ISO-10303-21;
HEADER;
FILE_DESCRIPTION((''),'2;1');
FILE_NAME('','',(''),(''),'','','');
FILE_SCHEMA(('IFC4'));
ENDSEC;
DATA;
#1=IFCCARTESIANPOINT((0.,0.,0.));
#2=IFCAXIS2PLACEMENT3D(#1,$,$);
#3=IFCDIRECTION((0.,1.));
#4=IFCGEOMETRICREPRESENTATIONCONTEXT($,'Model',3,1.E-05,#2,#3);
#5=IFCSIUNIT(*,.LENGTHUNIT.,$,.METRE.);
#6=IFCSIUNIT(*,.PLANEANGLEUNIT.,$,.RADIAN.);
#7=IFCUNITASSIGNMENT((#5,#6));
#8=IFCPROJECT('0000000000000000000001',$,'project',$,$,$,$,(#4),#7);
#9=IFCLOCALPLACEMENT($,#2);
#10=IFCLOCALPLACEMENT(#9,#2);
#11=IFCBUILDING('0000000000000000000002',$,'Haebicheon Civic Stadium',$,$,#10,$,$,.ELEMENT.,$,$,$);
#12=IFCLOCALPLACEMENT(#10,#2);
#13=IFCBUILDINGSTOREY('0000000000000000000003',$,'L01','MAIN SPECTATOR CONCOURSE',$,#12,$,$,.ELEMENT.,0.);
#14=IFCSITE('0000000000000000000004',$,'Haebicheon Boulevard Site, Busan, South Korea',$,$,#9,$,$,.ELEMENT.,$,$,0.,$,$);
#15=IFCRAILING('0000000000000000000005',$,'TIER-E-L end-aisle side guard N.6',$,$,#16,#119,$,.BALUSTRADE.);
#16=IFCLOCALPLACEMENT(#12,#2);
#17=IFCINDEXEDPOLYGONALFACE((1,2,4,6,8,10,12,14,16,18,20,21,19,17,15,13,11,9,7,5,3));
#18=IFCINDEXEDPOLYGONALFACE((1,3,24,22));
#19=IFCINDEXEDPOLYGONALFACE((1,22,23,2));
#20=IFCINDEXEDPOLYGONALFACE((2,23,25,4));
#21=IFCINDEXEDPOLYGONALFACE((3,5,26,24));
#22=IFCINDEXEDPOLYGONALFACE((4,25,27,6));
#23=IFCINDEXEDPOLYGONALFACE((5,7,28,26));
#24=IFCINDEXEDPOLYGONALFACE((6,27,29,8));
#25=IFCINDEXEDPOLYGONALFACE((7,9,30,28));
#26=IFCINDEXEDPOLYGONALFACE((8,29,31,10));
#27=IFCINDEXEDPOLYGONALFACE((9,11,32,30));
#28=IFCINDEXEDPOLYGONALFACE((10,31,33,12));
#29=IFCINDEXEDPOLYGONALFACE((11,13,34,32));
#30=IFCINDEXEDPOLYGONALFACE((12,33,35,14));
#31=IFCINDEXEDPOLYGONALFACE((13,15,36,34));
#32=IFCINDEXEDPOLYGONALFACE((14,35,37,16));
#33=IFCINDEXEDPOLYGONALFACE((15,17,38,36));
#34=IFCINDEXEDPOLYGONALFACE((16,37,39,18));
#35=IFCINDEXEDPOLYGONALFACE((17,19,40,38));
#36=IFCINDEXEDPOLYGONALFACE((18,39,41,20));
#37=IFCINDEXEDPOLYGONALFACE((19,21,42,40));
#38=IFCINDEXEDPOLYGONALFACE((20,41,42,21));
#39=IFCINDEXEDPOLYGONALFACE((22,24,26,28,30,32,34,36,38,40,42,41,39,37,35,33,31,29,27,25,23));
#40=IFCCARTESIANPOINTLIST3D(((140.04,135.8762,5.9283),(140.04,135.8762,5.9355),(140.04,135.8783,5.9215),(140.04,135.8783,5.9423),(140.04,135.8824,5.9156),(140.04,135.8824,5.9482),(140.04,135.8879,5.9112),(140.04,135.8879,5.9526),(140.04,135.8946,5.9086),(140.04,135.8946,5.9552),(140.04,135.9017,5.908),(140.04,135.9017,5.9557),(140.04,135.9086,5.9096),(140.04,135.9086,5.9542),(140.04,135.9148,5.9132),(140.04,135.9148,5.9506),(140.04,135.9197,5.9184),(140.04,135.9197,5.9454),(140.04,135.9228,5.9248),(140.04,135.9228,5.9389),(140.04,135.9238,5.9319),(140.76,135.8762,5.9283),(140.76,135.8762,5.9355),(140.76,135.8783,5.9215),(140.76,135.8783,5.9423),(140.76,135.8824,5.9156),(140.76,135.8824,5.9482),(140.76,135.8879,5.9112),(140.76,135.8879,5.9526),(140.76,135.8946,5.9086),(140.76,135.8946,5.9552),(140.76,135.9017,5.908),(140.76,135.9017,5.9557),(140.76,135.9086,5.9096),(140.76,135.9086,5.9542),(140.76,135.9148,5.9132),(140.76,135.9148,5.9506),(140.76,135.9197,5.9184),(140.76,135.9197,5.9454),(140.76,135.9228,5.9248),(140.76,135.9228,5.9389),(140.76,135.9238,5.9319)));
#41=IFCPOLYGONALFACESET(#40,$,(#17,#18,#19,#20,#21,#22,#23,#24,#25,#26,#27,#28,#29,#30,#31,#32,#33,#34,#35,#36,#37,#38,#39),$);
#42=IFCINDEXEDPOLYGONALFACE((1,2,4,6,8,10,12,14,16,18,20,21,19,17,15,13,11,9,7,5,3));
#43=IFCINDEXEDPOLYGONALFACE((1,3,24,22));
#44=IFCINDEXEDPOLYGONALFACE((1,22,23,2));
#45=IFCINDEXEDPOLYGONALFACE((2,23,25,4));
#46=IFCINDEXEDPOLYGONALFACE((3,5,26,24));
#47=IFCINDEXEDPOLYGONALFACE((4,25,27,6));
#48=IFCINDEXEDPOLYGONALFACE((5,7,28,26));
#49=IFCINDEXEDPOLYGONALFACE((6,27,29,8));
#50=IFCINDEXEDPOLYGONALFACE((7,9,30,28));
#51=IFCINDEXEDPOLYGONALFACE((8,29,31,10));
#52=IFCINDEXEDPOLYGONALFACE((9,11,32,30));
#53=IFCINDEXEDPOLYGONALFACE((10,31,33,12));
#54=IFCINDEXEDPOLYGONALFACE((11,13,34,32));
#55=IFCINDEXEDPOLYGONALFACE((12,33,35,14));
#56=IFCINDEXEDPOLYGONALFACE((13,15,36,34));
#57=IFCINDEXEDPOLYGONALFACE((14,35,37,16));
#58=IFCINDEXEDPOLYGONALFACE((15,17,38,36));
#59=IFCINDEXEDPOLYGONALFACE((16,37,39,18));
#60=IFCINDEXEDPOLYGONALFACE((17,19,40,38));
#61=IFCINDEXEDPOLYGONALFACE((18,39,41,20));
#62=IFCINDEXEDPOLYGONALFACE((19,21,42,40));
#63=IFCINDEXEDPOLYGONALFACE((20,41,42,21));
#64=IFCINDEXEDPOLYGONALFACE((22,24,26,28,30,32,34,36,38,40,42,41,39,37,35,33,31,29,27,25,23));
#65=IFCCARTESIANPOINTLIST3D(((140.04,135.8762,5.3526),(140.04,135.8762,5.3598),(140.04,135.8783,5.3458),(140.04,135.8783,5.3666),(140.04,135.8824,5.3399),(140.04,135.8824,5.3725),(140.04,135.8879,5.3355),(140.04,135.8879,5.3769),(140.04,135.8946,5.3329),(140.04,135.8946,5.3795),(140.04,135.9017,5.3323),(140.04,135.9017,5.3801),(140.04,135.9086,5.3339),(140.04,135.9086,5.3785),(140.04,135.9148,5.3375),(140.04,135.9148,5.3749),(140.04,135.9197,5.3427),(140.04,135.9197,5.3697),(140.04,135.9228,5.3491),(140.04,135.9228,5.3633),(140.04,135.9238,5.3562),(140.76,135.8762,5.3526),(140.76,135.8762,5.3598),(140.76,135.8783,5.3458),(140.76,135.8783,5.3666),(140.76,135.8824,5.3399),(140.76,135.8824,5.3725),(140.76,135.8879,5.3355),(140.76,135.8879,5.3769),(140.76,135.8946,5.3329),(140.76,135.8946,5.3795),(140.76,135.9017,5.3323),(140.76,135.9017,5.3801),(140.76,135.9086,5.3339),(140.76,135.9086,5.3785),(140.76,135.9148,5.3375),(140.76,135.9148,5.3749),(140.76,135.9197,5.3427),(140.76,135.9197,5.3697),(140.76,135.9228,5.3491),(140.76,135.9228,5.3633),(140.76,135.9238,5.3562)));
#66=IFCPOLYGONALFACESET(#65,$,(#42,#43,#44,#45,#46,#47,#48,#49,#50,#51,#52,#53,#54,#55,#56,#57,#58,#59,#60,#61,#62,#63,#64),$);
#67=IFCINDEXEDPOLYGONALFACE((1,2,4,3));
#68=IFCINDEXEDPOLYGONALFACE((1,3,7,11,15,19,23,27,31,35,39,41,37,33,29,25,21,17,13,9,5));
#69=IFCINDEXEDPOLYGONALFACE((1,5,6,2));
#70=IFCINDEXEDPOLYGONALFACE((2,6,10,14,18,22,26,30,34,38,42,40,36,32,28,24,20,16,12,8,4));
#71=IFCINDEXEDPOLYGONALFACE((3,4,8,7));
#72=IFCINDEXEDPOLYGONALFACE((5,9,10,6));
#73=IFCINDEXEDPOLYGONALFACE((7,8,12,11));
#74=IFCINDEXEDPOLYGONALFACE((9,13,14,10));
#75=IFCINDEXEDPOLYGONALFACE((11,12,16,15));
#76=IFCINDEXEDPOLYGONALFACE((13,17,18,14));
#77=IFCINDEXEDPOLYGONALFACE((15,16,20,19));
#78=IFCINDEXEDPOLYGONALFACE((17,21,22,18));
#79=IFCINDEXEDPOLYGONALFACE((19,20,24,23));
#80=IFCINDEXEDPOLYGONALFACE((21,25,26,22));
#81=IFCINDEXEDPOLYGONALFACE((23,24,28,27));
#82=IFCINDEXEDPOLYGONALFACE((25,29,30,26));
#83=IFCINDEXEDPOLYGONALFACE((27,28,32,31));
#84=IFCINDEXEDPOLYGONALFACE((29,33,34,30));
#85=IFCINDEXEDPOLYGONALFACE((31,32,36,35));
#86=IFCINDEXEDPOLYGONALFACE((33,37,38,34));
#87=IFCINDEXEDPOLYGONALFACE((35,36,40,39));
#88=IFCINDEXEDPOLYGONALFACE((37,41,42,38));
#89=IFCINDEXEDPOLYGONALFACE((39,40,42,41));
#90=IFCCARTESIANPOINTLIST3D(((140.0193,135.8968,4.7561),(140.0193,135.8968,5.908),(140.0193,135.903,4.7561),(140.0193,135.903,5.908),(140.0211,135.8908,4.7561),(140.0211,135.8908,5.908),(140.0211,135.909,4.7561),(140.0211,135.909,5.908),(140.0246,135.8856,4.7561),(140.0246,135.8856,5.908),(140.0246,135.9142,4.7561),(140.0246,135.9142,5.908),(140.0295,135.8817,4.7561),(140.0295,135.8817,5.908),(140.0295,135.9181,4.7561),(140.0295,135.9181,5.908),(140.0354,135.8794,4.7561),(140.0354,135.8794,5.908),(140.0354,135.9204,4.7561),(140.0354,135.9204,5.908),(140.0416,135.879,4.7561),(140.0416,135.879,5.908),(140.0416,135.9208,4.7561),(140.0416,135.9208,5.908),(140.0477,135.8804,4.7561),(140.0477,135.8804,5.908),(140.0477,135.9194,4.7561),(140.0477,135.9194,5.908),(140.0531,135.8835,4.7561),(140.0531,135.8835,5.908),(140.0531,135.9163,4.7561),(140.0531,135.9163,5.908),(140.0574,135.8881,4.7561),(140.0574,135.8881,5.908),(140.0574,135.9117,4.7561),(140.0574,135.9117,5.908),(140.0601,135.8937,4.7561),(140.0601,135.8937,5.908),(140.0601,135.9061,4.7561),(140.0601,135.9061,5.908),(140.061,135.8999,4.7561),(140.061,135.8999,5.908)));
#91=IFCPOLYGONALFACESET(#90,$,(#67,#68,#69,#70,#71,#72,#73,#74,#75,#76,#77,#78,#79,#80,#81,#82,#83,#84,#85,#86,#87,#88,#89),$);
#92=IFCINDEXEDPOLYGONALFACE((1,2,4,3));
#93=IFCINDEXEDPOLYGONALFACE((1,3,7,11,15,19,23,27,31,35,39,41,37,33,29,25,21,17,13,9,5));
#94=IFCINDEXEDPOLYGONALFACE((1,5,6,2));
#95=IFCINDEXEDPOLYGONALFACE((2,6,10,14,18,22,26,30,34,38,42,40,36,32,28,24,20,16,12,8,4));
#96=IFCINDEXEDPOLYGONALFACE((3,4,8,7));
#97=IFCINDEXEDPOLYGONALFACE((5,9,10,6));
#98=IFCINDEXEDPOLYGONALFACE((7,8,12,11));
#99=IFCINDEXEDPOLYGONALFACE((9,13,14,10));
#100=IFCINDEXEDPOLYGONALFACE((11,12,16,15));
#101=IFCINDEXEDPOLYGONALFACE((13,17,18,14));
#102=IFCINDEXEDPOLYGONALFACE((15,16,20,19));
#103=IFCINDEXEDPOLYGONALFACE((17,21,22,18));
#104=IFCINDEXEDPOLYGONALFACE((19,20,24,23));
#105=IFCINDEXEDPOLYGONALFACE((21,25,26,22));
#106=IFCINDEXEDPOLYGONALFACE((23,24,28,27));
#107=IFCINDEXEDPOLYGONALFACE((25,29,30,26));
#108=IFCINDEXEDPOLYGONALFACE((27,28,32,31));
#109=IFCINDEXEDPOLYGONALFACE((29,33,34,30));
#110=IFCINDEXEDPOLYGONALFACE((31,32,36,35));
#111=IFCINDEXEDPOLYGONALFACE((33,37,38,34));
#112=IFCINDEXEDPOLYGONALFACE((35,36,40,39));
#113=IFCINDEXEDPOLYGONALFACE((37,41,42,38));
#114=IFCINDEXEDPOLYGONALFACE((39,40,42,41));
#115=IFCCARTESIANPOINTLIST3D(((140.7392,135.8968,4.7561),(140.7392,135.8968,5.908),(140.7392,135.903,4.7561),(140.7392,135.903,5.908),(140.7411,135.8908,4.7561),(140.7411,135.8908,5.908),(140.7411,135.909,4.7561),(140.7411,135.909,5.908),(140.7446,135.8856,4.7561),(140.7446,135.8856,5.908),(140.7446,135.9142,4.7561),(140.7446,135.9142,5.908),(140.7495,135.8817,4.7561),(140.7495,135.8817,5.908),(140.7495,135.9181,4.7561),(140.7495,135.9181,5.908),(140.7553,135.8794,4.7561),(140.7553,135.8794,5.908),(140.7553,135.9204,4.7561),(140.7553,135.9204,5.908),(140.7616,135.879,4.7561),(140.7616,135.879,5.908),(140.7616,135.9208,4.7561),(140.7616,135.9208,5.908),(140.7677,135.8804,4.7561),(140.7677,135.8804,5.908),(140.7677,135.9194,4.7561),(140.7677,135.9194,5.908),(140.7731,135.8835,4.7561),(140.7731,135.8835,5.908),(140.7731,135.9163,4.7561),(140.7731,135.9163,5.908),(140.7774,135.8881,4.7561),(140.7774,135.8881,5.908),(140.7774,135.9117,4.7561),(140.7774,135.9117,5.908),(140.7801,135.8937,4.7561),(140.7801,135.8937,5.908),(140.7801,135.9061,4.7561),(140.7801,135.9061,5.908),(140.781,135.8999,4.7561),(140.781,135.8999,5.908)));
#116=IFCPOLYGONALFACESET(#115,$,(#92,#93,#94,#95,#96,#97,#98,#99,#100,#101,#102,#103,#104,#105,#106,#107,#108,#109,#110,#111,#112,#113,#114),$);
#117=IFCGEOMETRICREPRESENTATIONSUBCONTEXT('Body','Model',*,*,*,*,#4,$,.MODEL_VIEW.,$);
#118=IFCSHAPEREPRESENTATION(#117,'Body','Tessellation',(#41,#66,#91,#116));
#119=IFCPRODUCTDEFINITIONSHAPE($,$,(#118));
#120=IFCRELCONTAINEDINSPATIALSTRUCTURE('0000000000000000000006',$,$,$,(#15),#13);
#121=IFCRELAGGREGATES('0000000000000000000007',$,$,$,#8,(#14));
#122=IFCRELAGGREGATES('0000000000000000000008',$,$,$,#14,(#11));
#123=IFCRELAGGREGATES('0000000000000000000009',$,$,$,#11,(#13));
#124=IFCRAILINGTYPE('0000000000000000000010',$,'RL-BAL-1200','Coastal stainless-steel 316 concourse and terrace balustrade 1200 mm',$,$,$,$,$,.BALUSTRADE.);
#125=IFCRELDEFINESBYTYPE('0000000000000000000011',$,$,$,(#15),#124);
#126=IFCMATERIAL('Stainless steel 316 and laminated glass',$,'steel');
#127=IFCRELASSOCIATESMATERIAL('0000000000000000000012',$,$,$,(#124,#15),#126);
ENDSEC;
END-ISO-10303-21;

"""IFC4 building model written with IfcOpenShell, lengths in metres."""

from ifc_helpers import new_model, si_unit, direction, frame, origin, origin_2d, place, context, subcontext, project, spatial, circle, extrude, material, type_object, element, save


model = new_model("IFC4")

# Units and contexts
model_context = context("Model", 3, precision=1e-05, world=origin(), true_north=direction((0.0, 1.0)))
body_context = subcontext(model_context, "Body", "Model", "MODEL_VIEW")
ifc_project = project(units=[si_unit("LENGTHUNIT", "METRE"), si_unit("PLANEANGLEUNIT", "RADIAN")], contexts=[model_context])

# Site, building, storey
site_placement = place(None, origin())
site = spatial("IfcSite", under=ifc_project, at=site_placement, Name="Haebicheon Boulevard Site, Busan, South Korea", CompositionType="ELEMENT", RefElevation=0.0)
building_placement = place(site_placement, origin())
building = spatial("IfcBuilding", under=site, at=building_placement, Name="Haebicheon Civic Stadium", CompositionType="ELEMENT")
storey_placement = place(building_placement, origin())
storey = spatial("IfcBuildingStorey", under=building, at=storey_placement, Name="L01", Description="MAIN SPECTATOR CONCOURSE", CompositionType="ELEMENT", Elevation=0.0)

# Railing
ifc_material_1 = material(Name="Stainless steel 316 and laminated glass", Category="steel")
railing_type = type_object("IfcRailingType", Name="RL-BAL-1200", Description="Coastal stainless-steel 316 concourse and terrace balustrade 1200 mm", PredefinedType="BALUSTRADE", material=ifc_material_1)
for number, where, name in (
    (1, (140.04, 135.8999, 4.7561), "TIER-E-L end-aisle side guard N.6"),
):
    element("IfcRailing", number, at=place(storey_placement, frame(where)), inside=storey, type_object=railing_type, material=ifc_material_1, Name=name, PredefinedType="BALUSTRADE", context=body_context, shape_type="SweptSolid", body=[
        extrude(circle(Radius=0.0239, at=origin_2d()), frame((0.0, 0.0, 1.1758), z_axis=(1.0, 0.0, 0.0), x_axis=(0.0, 1.0, 0.0)), (0.0, 0.0, 1.0), 0.72),
        extrude(circle(Radius=0.0239, at=origin_2d()), frame((0.0, 0.0, 0.6001), z_axis=(1.0, 0.0, 0.0), x_axis=(0.0, 1.0, 0.0)), (0.0, 0.0, 1.0), 0.72),
        extrude(circle(Radius=0.021, at=origin_2d()), origin(), (0.0, 0.0, 1.0), 1.1519),
        extrude(circle(Radius=0.021, at=origin_2d()), frame((0.72, 0.0, 0.0)), (0.0, 0.0, 1.0), 1.1519),
    ])

save(model, "model.ifc")
